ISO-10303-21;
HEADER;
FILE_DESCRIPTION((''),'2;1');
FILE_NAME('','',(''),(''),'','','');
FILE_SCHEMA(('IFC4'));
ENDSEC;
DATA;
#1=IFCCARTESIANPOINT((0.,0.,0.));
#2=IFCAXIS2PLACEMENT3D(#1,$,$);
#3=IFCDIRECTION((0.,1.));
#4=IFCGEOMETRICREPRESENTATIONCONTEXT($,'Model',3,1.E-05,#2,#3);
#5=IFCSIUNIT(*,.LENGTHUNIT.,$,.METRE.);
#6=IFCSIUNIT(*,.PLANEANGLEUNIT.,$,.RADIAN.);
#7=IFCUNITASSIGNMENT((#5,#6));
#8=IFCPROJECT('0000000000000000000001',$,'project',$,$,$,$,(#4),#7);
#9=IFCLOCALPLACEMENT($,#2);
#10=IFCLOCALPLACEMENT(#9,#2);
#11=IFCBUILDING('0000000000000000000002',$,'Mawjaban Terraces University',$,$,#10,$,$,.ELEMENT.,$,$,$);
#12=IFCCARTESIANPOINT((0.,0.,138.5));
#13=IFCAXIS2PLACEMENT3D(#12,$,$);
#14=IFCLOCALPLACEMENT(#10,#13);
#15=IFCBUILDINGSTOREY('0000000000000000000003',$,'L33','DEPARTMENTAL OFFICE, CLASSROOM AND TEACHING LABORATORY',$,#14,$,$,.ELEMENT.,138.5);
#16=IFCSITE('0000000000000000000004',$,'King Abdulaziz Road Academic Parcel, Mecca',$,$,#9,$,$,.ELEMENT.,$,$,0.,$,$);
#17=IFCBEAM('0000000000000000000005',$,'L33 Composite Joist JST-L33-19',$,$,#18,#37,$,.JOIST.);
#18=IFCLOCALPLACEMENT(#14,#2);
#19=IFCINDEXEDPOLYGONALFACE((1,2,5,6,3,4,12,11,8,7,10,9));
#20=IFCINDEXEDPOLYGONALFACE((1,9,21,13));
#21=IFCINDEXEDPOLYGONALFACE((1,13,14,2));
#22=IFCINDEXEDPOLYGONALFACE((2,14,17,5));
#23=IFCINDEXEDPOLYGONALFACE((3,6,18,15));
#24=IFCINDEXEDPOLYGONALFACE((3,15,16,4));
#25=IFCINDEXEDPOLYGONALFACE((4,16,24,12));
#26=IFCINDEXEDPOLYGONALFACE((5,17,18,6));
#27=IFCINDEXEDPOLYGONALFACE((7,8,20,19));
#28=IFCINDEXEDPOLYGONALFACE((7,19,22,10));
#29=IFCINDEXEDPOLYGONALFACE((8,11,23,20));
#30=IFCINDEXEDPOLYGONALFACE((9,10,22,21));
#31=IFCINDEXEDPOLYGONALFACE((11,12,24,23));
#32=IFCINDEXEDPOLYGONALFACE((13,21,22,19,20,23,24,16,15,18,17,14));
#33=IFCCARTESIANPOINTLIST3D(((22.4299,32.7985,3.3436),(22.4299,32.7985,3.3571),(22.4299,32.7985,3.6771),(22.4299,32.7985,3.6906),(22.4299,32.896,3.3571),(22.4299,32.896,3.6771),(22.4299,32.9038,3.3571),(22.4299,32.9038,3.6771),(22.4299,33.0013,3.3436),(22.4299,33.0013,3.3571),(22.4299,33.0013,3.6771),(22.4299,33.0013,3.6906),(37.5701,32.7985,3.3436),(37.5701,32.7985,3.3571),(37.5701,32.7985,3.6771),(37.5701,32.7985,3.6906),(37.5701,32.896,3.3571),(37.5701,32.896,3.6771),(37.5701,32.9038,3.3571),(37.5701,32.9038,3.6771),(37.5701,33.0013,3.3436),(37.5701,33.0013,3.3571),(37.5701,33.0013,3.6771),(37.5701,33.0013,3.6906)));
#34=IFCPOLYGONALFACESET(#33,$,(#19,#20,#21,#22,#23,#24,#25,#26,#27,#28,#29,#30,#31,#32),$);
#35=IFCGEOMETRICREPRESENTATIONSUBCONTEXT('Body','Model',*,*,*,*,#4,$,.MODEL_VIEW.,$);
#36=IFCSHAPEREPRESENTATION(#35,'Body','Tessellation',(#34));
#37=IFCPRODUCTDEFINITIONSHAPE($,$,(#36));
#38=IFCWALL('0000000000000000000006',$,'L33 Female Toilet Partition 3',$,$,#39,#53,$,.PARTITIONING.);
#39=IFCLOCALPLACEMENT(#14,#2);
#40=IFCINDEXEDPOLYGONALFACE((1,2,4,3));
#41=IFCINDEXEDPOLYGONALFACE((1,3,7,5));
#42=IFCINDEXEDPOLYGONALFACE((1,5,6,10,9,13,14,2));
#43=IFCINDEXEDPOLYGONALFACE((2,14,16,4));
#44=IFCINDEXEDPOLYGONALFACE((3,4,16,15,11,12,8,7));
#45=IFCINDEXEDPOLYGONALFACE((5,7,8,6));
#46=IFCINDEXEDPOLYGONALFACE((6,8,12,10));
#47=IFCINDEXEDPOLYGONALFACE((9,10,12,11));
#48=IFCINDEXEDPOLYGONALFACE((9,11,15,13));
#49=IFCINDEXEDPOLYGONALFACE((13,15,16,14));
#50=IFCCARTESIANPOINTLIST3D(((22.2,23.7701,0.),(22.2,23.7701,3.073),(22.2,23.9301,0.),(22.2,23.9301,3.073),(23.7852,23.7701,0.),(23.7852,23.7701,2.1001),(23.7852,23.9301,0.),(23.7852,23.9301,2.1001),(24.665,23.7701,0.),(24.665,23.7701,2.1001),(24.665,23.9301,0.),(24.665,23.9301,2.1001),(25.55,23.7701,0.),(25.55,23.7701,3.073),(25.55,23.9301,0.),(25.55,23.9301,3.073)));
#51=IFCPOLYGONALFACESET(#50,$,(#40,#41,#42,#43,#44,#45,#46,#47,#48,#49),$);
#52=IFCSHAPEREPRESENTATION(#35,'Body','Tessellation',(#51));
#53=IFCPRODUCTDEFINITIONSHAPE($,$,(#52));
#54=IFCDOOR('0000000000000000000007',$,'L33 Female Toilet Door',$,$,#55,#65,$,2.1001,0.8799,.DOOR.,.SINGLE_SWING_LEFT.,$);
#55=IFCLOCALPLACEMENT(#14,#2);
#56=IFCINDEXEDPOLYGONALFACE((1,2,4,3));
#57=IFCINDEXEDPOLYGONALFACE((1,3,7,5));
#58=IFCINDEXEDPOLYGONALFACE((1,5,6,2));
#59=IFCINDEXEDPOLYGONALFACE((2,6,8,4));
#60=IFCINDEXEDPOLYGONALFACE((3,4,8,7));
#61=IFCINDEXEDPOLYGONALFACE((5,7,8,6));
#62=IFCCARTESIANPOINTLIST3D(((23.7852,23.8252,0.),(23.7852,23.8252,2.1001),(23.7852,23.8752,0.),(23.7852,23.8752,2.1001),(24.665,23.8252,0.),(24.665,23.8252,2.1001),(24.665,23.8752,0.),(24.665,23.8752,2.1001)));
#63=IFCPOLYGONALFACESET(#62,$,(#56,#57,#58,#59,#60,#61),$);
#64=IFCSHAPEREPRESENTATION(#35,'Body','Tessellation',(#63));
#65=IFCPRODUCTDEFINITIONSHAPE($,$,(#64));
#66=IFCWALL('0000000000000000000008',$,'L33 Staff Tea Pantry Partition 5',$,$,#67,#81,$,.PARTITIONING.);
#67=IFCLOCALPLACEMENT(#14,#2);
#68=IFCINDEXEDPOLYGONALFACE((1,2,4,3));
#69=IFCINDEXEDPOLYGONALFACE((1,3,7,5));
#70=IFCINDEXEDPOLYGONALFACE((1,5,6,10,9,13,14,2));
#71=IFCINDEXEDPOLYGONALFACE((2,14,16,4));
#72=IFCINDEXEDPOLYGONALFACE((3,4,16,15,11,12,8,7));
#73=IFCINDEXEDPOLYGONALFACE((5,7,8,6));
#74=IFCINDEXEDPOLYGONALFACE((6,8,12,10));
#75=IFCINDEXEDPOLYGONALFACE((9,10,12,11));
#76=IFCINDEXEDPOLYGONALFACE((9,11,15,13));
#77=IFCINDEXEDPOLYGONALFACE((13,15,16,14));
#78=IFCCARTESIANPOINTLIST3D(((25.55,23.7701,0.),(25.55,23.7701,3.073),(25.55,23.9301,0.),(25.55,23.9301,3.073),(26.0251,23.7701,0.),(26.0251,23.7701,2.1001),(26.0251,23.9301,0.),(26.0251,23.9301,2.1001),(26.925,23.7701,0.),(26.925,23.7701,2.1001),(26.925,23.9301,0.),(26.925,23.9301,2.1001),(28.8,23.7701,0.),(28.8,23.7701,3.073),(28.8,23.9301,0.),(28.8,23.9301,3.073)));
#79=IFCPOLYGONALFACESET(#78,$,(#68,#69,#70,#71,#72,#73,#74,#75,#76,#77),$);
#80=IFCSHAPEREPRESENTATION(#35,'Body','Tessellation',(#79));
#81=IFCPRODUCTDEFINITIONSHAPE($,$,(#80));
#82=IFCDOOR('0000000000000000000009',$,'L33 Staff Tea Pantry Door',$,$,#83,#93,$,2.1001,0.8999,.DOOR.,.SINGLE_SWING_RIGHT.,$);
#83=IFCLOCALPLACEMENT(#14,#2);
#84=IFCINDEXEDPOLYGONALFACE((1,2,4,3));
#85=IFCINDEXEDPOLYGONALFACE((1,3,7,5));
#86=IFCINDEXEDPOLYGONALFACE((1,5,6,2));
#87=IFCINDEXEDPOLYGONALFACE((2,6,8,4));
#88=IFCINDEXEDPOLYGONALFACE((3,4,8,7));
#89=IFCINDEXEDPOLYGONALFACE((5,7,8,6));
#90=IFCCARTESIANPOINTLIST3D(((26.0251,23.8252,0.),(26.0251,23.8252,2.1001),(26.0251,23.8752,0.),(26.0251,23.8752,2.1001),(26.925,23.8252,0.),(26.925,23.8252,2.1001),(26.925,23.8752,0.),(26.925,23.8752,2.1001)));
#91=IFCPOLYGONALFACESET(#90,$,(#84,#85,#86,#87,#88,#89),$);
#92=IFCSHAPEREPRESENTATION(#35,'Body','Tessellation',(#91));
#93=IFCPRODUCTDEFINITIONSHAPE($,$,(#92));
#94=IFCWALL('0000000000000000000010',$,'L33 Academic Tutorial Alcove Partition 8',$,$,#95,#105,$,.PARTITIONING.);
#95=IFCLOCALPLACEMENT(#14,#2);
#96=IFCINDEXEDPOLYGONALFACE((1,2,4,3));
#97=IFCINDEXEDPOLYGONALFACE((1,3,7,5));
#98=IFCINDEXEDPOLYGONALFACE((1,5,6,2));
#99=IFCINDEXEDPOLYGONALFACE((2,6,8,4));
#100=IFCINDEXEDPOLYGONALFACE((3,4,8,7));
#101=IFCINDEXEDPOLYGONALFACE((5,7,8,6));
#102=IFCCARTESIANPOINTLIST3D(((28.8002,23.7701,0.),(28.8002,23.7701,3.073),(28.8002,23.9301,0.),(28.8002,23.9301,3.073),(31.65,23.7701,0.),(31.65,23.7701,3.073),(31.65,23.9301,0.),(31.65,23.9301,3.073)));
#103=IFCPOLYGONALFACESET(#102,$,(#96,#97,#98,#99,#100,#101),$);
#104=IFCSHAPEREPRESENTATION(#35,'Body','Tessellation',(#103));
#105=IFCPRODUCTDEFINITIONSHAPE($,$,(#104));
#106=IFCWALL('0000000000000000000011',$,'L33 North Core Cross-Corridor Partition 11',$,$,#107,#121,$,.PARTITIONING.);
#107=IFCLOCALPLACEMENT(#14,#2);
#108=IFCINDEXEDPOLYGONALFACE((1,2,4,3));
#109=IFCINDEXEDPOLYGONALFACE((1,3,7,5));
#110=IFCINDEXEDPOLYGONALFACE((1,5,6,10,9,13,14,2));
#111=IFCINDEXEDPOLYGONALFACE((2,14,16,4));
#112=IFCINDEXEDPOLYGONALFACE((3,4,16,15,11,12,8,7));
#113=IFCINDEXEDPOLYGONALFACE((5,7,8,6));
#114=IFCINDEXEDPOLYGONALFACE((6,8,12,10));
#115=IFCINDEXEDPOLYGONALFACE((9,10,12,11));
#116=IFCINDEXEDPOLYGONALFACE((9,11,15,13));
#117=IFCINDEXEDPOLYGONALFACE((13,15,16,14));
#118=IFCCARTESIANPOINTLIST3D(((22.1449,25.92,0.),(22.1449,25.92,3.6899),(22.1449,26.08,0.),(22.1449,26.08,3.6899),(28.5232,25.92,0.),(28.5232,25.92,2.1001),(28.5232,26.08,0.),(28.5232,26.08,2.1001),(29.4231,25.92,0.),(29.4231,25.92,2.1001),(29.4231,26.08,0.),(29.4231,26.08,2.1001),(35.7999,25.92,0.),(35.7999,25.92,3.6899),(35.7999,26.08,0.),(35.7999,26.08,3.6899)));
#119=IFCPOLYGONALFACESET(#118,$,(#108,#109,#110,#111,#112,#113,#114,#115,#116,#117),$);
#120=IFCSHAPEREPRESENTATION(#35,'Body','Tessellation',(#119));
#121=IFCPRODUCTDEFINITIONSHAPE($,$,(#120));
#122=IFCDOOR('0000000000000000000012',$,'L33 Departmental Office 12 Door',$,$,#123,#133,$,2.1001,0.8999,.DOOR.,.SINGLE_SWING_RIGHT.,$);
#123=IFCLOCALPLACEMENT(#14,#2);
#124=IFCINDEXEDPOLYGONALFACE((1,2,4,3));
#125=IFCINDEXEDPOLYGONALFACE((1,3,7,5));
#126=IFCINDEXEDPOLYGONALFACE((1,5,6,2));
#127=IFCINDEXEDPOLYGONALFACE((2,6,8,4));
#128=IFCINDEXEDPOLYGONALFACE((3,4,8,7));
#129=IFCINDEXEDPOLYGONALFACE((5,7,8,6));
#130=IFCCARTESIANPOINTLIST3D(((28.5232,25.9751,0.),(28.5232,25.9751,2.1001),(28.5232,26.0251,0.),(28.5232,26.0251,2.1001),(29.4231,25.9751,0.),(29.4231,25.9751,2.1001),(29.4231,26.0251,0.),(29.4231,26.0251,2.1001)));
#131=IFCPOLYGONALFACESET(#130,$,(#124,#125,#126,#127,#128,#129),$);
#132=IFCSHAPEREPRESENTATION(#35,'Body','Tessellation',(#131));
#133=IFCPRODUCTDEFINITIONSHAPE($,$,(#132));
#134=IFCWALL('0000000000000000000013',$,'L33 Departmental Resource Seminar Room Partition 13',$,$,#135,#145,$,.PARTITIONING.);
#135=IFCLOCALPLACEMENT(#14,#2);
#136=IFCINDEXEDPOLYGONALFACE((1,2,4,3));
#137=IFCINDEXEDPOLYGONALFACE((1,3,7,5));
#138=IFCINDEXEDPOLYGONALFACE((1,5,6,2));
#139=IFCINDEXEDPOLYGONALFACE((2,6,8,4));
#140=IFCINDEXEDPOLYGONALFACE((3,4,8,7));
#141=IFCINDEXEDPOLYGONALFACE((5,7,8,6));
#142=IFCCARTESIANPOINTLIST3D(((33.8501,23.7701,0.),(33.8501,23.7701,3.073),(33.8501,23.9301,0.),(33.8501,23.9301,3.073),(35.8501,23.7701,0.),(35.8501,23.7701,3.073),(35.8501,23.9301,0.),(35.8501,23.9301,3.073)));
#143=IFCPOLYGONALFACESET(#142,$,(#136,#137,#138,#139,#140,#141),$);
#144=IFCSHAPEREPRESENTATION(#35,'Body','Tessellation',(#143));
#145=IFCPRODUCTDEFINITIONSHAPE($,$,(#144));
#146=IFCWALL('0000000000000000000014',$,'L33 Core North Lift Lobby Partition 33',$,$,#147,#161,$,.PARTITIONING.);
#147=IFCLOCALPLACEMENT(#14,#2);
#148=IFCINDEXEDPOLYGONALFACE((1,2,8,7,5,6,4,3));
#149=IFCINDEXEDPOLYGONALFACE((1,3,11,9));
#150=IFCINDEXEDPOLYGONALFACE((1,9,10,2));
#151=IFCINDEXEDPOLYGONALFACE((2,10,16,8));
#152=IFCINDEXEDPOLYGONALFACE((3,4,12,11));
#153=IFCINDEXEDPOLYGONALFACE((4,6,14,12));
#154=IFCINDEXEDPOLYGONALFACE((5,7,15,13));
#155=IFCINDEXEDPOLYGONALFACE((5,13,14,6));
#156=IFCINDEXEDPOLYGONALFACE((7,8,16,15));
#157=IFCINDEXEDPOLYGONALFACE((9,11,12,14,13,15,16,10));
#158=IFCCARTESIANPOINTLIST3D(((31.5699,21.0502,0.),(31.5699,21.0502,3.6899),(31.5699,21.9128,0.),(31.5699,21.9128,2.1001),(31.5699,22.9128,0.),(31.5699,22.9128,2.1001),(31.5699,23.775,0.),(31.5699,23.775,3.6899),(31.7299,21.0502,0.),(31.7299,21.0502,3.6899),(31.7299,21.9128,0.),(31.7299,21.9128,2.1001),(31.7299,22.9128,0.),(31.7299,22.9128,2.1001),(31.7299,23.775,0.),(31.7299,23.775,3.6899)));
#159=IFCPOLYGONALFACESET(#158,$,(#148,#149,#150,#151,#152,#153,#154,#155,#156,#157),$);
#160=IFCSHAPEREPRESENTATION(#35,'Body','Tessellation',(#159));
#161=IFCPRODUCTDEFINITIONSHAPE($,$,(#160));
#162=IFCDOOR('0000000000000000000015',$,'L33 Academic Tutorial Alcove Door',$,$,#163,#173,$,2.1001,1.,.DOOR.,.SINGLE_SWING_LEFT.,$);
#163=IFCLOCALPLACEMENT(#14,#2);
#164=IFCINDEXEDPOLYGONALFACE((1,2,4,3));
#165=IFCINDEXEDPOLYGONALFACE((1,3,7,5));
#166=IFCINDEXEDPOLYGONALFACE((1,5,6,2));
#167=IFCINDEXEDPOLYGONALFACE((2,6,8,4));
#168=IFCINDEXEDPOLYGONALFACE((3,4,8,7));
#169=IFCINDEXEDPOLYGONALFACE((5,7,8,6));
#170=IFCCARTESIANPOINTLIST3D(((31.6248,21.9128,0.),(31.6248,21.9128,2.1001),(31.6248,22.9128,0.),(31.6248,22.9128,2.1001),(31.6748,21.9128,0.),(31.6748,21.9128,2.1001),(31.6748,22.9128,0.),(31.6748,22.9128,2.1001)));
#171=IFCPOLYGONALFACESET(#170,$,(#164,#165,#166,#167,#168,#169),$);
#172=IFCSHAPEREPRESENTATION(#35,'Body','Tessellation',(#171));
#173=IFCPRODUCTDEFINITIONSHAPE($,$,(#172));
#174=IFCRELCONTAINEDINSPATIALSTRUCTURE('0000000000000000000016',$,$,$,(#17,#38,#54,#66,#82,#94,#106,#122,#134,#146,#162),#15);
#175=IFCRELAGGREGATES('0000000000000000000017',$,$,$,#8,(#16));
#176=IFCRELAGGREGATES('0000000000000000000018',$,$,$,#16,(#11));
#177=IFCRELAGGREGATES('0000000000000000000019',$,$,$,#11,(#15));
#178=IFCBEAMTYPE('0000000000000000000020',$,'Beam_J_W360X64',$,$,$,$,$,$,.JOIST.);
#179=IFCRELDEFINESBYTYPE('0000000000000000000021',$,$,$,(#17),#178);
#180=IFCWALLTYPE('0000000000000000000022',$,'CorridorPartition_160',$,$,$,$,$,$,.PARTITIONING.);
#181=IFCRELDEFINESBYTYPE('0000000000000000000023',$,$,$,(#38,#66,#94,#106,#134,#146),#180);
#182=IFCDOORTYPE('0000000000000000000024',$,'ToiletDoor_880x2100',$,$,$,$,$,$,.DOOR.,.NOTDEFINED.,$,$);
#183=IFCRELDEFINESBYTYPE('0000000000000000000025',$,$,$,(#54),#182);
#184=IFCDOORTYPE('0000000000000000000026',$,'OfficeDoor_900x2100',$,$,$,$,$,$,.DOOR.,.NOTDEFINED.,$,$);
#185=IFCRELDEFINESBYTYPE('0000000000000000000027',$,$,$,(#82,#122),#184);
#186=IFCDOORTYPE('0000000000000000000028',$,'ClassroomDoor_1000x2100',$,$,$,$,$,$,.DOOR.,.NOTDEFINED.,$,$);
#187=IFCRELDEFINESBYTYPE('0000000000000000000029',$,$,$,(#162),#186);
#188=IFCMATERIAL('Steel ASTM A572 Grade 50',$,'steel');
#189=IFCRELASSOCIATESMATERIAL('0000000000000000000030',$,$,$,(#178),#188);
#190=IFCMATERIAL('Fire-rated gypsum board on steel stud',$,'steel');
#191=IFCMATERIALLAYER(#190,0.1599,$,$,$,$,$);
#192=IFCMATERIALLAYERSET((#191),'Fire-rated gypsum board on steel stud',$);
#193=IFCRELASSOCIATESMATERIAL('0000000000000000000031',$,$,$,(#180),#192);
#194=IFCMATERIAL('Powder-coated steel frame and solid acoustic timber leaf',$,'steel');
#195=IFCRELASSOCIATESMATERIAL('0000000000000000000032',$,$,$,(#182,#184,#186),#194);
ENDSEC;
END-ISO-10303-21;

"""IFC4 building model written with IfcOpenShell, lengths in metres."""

from ifc_helpers import new_model, si_unit, direction, frame, frame_2d, origin, origin_2d, place, context, subcontext, project, spatial, rectangle, i_section, extrude, material, layer, layer_set, material_profile, profile_set, type_object, element, fill, save


model = new_model("IFC4")

# Units and contexts
model_context = context("Model", 3, precision=1e-05, world=origin(), true_north=direction((0.0, 1.0)))
body_context = subcontext(model_context, "Body", "Model", "MODEL_VIEW")
ifc_project = project(units=[si_unit("LENGTHUNIT", "METRE"), si_unit("PLANEANGLEUNIT", "RADIAN")], contexts=[model_context])

# Site, building, storey
site_placement = place(None, origin())
site = spatial("IfcSite", under=ifc_project, at=site_placement, Name="King Abdulaziz Road Academic Parcel, Mecca", CompositionType="ELEMENT", RefElevation=0.0)
building_placement = place(site_placement, origin())
building = spatial("IfcBuilding", under=site, at=building_placement, Name="Mawjaban Terraces University", CompositionType="ELEMENT")
storey_placement = place(building_placement, frame((0.0, 0.0, 138.5)))
storey = spatial("IfcBuildingStorey", under=building, at=storey_placement, Name="L33", Description="DEPARTMENTAL OFFICE, CLASSROOM AND TEACHING LABORATORY", CompositionType="ELEMENT", Elevation=138.5)

# Beam
ifc_material_1 = material(Name="Steel ASTM A572 Grade 50", Category="steel")
ifc_material_profile_1 = material_profile(ifc_material_1, i_section(OverallWidth=0.2029, OverallDepth=0.3469, WebThickness=0.0078, FlangeThickness=0.0134, at=origin_2d()), Name="W360X64")
ifc_profile_set_1 = profile_set([ifc_material_profile_1], Name="Steel ASTM A572 Grade 50")
beam_type_1 = type_object("IfcBeamType", Name="Beam_J_W360X64", PredefinedType="JOIST", material=ifc_profile_set_1)
for number, where, z_axis, x_axis, name in (
    (1, (22.4299, 32.8999, 3.5171), (1.0, 0.0, 0.0), (0.0, 1.0, 0.0), "L33 Composite Joist JST-L33-19"),
):
    element("IfcBeam", number, at=place(storey_placement, frame(where, z_axis=z_axis, x_axis=x_axis)), inside=storey, type_object=beam_type_1, Name=name, PredefinedType="JOIST", context=body_context, shape_type="SweptSolid", body=[
        extrude(i_section(OverallWidth=0.2029, OverallDepth=0.3469, WebThickness=0.0078, FlangeThickness=0.0134, at=origin_2d()), origin(), (0.0, 0.0, 1.0), 15.1401),
    ])

# Walls, openings, doors
ifc_material_2 = material(Name="Fire-rated gypsum board on steel stud", Category="steel")
ifc_layer_1 = layer(ifc_material_2, 0.1599)
ifc_layer_set_1 = layer_set([ifc_layer_1], Name="Fire-rated gypsum board on steel stud")
wall_type_1 = type_object("IfcWallType", Name="CorridorPartition_160", PredefinedType="PARTITIONING", material=ifc_layer_set_1)
wall_1_placement = place(storey_placement, frame((25.55, 23.8501, 0.0), z_axis=(0.0, 0.0, 1.0), x_axis=(-1.0, 0.0, 0.0)))
wall_1 = element("IfcWall", 2, at=wall_1_placement, inside=storey, type_object=wall_type_1, Name="L33 Female Toilet Partition 3", PredefinedType="PARTITIONING", context=body_context, shape_type="SweptSolid", body=[
    extrude(rectangle(XDim=3.3501, YDim=0.1599, at=frame_2d((1.675, 0.0))), origin(), (0.0, 0.0, 1.0), 3.073),
])
opening_1_placement = place(wall_1_placement, frame((0.885, 0.0, 0.0)))
opening_1 = element("IfcOpeningElement", 3, at=opening_1_placement, cuts=wall_1, PredefinedType="OPENING", context=body_context, shape_type="SweptSolid", body=[
    extrude(rectangle(XDim=0.8799, YDim=2.1001, at=frame_2d((0.4399, 1.05))), frame((0.0, 0.0898, 0.0), z_axis=(0.0, -1.0, 0.0), x_axis=(1.0, 0.0, 0.0)), (0.0, 0.0, 1.0), 0.1799),
])
ifc_material_3 = material(Name="Powder-coated steel frame and solid acoustic timber leaf", Category="steel")
door_type_1 = type_object("IfcDoorType", Name="ToiletDoor_880x2100", OperationType="NOTDEFINED", PredefinedType="DOOR", material=ifc_material_3)
door_1_placement = place(opening_1_placement, origin())
door_1 = element("IfcDoor", 4, at=door_1_placement, inside=storey, type_object=door_type_1, Name="L33 Female Toilet Door", OperationType="SINGLE_SWING_LEFT", OverallHeight=2.1001, OverallWidth=0.8799, PredefinedType="DOOR", context=body_context, shape_type="SweptSolid", body=[
    extrude(rectangle(XDim=0.8799, YDim=2.1001, at=frame_2d((0.4399, 1.05))), frame((0.0, 0.0249, 0.0), z_axis=(0.0, -1.0, 0.0), x_axis=(1.0, 0.0, 0.0)), (0.0, 0.0, 1.0), 0.05),
])
fill(opening_1, door_1)
wall_2_placement = place(storey_placement, frame((28.8, 23.8501, 0.0), z_axis=(0.0, 0.0, 1.0), x_axis=(-1.0, 0.0, 0.0)))
wall_2 = element("IfcWall", 5, at=wall_2_placement, inside=storey, type_object=wall_type_1, Name="L33 Staff Tea Pantry Partition 5", PredefinedType="PARTITIONING", context=body_context, shape_type="SweptSolid", body=[
    extrude(rectangle(XDim=3.25, YDim=0.1599, at=frame_2d((1.625, 0.0))), origin(), (0.0, 0.0, 1.0), 3.073),
])
opening_2_placement = place(wall_2_placement, frame((1.875, 0.0, 0.0)))
opening_2 = element("IfcOpeningElement", 6, at=opening_2_placement, cuts=wall_2, PredefinedType="OPENING", context=body_context, shape_type="SweptSolid", body=[
    extrude(rectangle(XDim=0.8999, YDim=2.1001, at=frame_2d((0.45, 1.05))), frame((0.0, 0.0898, 0.0), z_axis=(0.0, -1.0, 0.0), x_axis=(1.0, 0.0, 0.0)), (0.0, 0.0, 1.0), 0.1799),
])
door_type_2 = type_object("IfcDoorType", Name="OfficeDoor_900x2100", OperationType="NOTDEFINED", PredefinedType="DOOR", material=ifc_material_3)
door_2_placement = place(opening_2_placement, origin())
door_2 = element("IfcDoor", 7, at=door_2_placement, inside=storey, type_object=door_type_2, Name="L33 Staff Tea Pantry Door", OperationType="SINGLE_SWING_RIGHT", OverallHeight=2.1001, OverallWidth=0.8999, PredefinedType="DOOR", context=body_context, shape_type="SweptSolid", body=[
    extrude(rectangle(XDim=0.8999, YDim=2.1001, at=frame_2d((0.45, 1.05))), frame((0.0, 0.0249, 0.0), z_axis=(0.0, -1.0, 0.0), x_axis=(1.0, 0.0, 0.0)), (0.0, 0.0, 1.0), 0.05),
])
fill(opening_2, door_2)

# Wall
wall_3_placement = place(storey_placement, frame((31.6499, 23.8501, 0.0), z_axis=(0.0, 0.0, 1.0), x_axis=(-1.0, 0.0, 0.0)))
element("IfcWall", 8, at=wall_3_placement, inside=storey, type_object=wall_type_1, Name="L33 Academic Tutorial Alcove Partition 8", PredefinedType="PARTITIONING", context=body_context, shape_type="SweptSolid", body=[
    extrude(rectangle(XDim=2.8499, YDim=0.1599, at=frame_2d((1.4248, 0.0))), origin(), (0.0, 0.0, 1.0), 3.073),
])

# Wall, opening, door
wall_4_placement = place(storey_placement, frame((35.8, 26.0, 0.0), z_axis=(0.0, 0.0, 1.0), x_axis=(-1.0, 0.0, 0.0)))
wall_4 = element("IfcWall", 9, at=wall_4_placement, inside=storey, type_object=wall_type_1, Name="L33 North Core Cross-Corridor Partition 11", PredefinedType="PARTITIONING", context=body_context, shape_type="SweptSolid", body=[
    extrude(rectangle(XDim=13.655, YDim=0.1599, at=frame_2d((6.8276, 0.0))), origin(), (0.0, 0.0, 1.0), 3.6899),
])
opening_3_placement = place(wall_4_placement, frame((6.377, 0.0, 0.0)))
opening_3 = element("IfcOpeningElement", 10, at=opening_3_placement, cuts=wall_4, PredefinedType="OPENING", context=body_context, shape_type="SweptSolid", body=[
    extrude(rectangle(XDim=0.8999, YDim=2.1001, at=frame_2d((0.45, 1.05))), frame((0.0, 0.0898, 0.0), z_axis=(0.0, -1.0, 0.0), x_axis=(1.0, 0.0, 0.0)), (0.0, 0.0, 1.0), 0.1799),
])
door_3_placement = place(opening_3_placement, origin())
door_3 = element("IfcDoor", 11, at=door_3_placement, inside=storey, type_object=door_type_2, Name="L33 Departmental Office 12 Door", OperationType="SINGLE_SWING_RIGHT", OverallHeight=2.1001, OverallWidth=0.8999, PredefinedType="DOOR", context=body_context, shape_type="SweptSolid", body=[
    extrude(rectangle(XDim=0.8999, YDim=2.1001, at=frame_2d((0.45, 1.05))), frame((0.0, 0.0249, 0.0), z_axis=(0.0, -1.0, 0.0), x_axis=(1.0, 0.0, 0.0)), (0.0, 0.0, 1.0), 0.05),
])
fill(opening_3, door_3)

# Wall
wall_5_placement = place(storey_placement, frame((35.8501, 23.8501, 0.0), z_axis=(0.0, 0.0, 1.0), x_axis=(-1.0, 0.0, 0.0)))
element("IfcWall", 12, at=wall_5_placement, inside=storey, type_object=wall_type_1, Name="L33 Departmental Resource Seminar Room Partition 13", PredefinedType="PARTITIONING", context=body_context, shape_type="SweptSolid", body=[
    extrude(rectangle(XDim=2.0, YDim=0.1599, at=frame_2d((1.0, 0.0))), origin(), (0.0, 0.0, 1.0), 3.073),
])

# Wall, opening, door
wall_6_placement = place(storey_placement, frame((31.6499, 23.7749, 0.0), z_axis=(0.0, 0.0, 1.0), x_axis=(0.0, -1.0, 0.0)))
wall_6 = element("IfcWall", 13, at=wall_6_placement, inside=storey, type_object=wall_type_1, Name="L33 Core North Lift Lobby Partition 33", PredefinedType="PARTITIONING", context=body_context, shape_type="SweptSolid", body=[
    extrude(rectangle(XDim=2.7249, YDim=0.1599, at=frame_2d((1.3623, 0.0))), origin(), (0.0, 0.0, 1.0), 3.6899),
])
opening_4_placement = place(wall_6_placement, frame((0.8621, 0.0, 0.0)))
opening_4 = element("IfcOpeningElement", 14, at=opening_4_placement, cuts=wall_6, PredefinedType="OPENING", context=body_context, shape_type="SweptSolid", body=[
    extrude(rectangle(XDim=1.0, YDim=2.1001, at=frame_2d((0.5, 1.05))), frame((0.0, 0.0898, 0.0), z_axis=(0.0, -1.0, 0.0), x_axis=(1.0, 0.0, 0.0)), (0.0, 0.0, 1.0), 0.1799),
])
door_type_3 = type_object("IfcDoorType", Name="ClassroomDoor_1000x2100", OperationType="NOTDEFINED", PredefinedType="DOOR", material=ifc_material_3)
door_4_placement = place(opening_4_placement, origin())
door_4 = element("IfcDoor", 15, at=door_4_placement, inside=storey, type_object=door_type_3, Name="L33 Academic Tutorial Alcove Door", OperationType="SINGLE_SWING_LEFT", OverallHeight=2.1001, OverallWidth=1.0, PredefinedType="DOOR", context=body_context, shape_type="SweptSolid", body=[
    extrude(rectangle(XDim=1.0, YDim=2.1001, at=frame_2d((0.5, 1.05))), frame((0.0, 0.0249, 0.0), z_axis=(0.0, -1.0, 0.0), x_axis=(1.0, 0.0, 0.0)), (0.0, 0.0, 1.0), 0.05),
])
fill(opening_4, door_4)

save(model, "model.ifc")
